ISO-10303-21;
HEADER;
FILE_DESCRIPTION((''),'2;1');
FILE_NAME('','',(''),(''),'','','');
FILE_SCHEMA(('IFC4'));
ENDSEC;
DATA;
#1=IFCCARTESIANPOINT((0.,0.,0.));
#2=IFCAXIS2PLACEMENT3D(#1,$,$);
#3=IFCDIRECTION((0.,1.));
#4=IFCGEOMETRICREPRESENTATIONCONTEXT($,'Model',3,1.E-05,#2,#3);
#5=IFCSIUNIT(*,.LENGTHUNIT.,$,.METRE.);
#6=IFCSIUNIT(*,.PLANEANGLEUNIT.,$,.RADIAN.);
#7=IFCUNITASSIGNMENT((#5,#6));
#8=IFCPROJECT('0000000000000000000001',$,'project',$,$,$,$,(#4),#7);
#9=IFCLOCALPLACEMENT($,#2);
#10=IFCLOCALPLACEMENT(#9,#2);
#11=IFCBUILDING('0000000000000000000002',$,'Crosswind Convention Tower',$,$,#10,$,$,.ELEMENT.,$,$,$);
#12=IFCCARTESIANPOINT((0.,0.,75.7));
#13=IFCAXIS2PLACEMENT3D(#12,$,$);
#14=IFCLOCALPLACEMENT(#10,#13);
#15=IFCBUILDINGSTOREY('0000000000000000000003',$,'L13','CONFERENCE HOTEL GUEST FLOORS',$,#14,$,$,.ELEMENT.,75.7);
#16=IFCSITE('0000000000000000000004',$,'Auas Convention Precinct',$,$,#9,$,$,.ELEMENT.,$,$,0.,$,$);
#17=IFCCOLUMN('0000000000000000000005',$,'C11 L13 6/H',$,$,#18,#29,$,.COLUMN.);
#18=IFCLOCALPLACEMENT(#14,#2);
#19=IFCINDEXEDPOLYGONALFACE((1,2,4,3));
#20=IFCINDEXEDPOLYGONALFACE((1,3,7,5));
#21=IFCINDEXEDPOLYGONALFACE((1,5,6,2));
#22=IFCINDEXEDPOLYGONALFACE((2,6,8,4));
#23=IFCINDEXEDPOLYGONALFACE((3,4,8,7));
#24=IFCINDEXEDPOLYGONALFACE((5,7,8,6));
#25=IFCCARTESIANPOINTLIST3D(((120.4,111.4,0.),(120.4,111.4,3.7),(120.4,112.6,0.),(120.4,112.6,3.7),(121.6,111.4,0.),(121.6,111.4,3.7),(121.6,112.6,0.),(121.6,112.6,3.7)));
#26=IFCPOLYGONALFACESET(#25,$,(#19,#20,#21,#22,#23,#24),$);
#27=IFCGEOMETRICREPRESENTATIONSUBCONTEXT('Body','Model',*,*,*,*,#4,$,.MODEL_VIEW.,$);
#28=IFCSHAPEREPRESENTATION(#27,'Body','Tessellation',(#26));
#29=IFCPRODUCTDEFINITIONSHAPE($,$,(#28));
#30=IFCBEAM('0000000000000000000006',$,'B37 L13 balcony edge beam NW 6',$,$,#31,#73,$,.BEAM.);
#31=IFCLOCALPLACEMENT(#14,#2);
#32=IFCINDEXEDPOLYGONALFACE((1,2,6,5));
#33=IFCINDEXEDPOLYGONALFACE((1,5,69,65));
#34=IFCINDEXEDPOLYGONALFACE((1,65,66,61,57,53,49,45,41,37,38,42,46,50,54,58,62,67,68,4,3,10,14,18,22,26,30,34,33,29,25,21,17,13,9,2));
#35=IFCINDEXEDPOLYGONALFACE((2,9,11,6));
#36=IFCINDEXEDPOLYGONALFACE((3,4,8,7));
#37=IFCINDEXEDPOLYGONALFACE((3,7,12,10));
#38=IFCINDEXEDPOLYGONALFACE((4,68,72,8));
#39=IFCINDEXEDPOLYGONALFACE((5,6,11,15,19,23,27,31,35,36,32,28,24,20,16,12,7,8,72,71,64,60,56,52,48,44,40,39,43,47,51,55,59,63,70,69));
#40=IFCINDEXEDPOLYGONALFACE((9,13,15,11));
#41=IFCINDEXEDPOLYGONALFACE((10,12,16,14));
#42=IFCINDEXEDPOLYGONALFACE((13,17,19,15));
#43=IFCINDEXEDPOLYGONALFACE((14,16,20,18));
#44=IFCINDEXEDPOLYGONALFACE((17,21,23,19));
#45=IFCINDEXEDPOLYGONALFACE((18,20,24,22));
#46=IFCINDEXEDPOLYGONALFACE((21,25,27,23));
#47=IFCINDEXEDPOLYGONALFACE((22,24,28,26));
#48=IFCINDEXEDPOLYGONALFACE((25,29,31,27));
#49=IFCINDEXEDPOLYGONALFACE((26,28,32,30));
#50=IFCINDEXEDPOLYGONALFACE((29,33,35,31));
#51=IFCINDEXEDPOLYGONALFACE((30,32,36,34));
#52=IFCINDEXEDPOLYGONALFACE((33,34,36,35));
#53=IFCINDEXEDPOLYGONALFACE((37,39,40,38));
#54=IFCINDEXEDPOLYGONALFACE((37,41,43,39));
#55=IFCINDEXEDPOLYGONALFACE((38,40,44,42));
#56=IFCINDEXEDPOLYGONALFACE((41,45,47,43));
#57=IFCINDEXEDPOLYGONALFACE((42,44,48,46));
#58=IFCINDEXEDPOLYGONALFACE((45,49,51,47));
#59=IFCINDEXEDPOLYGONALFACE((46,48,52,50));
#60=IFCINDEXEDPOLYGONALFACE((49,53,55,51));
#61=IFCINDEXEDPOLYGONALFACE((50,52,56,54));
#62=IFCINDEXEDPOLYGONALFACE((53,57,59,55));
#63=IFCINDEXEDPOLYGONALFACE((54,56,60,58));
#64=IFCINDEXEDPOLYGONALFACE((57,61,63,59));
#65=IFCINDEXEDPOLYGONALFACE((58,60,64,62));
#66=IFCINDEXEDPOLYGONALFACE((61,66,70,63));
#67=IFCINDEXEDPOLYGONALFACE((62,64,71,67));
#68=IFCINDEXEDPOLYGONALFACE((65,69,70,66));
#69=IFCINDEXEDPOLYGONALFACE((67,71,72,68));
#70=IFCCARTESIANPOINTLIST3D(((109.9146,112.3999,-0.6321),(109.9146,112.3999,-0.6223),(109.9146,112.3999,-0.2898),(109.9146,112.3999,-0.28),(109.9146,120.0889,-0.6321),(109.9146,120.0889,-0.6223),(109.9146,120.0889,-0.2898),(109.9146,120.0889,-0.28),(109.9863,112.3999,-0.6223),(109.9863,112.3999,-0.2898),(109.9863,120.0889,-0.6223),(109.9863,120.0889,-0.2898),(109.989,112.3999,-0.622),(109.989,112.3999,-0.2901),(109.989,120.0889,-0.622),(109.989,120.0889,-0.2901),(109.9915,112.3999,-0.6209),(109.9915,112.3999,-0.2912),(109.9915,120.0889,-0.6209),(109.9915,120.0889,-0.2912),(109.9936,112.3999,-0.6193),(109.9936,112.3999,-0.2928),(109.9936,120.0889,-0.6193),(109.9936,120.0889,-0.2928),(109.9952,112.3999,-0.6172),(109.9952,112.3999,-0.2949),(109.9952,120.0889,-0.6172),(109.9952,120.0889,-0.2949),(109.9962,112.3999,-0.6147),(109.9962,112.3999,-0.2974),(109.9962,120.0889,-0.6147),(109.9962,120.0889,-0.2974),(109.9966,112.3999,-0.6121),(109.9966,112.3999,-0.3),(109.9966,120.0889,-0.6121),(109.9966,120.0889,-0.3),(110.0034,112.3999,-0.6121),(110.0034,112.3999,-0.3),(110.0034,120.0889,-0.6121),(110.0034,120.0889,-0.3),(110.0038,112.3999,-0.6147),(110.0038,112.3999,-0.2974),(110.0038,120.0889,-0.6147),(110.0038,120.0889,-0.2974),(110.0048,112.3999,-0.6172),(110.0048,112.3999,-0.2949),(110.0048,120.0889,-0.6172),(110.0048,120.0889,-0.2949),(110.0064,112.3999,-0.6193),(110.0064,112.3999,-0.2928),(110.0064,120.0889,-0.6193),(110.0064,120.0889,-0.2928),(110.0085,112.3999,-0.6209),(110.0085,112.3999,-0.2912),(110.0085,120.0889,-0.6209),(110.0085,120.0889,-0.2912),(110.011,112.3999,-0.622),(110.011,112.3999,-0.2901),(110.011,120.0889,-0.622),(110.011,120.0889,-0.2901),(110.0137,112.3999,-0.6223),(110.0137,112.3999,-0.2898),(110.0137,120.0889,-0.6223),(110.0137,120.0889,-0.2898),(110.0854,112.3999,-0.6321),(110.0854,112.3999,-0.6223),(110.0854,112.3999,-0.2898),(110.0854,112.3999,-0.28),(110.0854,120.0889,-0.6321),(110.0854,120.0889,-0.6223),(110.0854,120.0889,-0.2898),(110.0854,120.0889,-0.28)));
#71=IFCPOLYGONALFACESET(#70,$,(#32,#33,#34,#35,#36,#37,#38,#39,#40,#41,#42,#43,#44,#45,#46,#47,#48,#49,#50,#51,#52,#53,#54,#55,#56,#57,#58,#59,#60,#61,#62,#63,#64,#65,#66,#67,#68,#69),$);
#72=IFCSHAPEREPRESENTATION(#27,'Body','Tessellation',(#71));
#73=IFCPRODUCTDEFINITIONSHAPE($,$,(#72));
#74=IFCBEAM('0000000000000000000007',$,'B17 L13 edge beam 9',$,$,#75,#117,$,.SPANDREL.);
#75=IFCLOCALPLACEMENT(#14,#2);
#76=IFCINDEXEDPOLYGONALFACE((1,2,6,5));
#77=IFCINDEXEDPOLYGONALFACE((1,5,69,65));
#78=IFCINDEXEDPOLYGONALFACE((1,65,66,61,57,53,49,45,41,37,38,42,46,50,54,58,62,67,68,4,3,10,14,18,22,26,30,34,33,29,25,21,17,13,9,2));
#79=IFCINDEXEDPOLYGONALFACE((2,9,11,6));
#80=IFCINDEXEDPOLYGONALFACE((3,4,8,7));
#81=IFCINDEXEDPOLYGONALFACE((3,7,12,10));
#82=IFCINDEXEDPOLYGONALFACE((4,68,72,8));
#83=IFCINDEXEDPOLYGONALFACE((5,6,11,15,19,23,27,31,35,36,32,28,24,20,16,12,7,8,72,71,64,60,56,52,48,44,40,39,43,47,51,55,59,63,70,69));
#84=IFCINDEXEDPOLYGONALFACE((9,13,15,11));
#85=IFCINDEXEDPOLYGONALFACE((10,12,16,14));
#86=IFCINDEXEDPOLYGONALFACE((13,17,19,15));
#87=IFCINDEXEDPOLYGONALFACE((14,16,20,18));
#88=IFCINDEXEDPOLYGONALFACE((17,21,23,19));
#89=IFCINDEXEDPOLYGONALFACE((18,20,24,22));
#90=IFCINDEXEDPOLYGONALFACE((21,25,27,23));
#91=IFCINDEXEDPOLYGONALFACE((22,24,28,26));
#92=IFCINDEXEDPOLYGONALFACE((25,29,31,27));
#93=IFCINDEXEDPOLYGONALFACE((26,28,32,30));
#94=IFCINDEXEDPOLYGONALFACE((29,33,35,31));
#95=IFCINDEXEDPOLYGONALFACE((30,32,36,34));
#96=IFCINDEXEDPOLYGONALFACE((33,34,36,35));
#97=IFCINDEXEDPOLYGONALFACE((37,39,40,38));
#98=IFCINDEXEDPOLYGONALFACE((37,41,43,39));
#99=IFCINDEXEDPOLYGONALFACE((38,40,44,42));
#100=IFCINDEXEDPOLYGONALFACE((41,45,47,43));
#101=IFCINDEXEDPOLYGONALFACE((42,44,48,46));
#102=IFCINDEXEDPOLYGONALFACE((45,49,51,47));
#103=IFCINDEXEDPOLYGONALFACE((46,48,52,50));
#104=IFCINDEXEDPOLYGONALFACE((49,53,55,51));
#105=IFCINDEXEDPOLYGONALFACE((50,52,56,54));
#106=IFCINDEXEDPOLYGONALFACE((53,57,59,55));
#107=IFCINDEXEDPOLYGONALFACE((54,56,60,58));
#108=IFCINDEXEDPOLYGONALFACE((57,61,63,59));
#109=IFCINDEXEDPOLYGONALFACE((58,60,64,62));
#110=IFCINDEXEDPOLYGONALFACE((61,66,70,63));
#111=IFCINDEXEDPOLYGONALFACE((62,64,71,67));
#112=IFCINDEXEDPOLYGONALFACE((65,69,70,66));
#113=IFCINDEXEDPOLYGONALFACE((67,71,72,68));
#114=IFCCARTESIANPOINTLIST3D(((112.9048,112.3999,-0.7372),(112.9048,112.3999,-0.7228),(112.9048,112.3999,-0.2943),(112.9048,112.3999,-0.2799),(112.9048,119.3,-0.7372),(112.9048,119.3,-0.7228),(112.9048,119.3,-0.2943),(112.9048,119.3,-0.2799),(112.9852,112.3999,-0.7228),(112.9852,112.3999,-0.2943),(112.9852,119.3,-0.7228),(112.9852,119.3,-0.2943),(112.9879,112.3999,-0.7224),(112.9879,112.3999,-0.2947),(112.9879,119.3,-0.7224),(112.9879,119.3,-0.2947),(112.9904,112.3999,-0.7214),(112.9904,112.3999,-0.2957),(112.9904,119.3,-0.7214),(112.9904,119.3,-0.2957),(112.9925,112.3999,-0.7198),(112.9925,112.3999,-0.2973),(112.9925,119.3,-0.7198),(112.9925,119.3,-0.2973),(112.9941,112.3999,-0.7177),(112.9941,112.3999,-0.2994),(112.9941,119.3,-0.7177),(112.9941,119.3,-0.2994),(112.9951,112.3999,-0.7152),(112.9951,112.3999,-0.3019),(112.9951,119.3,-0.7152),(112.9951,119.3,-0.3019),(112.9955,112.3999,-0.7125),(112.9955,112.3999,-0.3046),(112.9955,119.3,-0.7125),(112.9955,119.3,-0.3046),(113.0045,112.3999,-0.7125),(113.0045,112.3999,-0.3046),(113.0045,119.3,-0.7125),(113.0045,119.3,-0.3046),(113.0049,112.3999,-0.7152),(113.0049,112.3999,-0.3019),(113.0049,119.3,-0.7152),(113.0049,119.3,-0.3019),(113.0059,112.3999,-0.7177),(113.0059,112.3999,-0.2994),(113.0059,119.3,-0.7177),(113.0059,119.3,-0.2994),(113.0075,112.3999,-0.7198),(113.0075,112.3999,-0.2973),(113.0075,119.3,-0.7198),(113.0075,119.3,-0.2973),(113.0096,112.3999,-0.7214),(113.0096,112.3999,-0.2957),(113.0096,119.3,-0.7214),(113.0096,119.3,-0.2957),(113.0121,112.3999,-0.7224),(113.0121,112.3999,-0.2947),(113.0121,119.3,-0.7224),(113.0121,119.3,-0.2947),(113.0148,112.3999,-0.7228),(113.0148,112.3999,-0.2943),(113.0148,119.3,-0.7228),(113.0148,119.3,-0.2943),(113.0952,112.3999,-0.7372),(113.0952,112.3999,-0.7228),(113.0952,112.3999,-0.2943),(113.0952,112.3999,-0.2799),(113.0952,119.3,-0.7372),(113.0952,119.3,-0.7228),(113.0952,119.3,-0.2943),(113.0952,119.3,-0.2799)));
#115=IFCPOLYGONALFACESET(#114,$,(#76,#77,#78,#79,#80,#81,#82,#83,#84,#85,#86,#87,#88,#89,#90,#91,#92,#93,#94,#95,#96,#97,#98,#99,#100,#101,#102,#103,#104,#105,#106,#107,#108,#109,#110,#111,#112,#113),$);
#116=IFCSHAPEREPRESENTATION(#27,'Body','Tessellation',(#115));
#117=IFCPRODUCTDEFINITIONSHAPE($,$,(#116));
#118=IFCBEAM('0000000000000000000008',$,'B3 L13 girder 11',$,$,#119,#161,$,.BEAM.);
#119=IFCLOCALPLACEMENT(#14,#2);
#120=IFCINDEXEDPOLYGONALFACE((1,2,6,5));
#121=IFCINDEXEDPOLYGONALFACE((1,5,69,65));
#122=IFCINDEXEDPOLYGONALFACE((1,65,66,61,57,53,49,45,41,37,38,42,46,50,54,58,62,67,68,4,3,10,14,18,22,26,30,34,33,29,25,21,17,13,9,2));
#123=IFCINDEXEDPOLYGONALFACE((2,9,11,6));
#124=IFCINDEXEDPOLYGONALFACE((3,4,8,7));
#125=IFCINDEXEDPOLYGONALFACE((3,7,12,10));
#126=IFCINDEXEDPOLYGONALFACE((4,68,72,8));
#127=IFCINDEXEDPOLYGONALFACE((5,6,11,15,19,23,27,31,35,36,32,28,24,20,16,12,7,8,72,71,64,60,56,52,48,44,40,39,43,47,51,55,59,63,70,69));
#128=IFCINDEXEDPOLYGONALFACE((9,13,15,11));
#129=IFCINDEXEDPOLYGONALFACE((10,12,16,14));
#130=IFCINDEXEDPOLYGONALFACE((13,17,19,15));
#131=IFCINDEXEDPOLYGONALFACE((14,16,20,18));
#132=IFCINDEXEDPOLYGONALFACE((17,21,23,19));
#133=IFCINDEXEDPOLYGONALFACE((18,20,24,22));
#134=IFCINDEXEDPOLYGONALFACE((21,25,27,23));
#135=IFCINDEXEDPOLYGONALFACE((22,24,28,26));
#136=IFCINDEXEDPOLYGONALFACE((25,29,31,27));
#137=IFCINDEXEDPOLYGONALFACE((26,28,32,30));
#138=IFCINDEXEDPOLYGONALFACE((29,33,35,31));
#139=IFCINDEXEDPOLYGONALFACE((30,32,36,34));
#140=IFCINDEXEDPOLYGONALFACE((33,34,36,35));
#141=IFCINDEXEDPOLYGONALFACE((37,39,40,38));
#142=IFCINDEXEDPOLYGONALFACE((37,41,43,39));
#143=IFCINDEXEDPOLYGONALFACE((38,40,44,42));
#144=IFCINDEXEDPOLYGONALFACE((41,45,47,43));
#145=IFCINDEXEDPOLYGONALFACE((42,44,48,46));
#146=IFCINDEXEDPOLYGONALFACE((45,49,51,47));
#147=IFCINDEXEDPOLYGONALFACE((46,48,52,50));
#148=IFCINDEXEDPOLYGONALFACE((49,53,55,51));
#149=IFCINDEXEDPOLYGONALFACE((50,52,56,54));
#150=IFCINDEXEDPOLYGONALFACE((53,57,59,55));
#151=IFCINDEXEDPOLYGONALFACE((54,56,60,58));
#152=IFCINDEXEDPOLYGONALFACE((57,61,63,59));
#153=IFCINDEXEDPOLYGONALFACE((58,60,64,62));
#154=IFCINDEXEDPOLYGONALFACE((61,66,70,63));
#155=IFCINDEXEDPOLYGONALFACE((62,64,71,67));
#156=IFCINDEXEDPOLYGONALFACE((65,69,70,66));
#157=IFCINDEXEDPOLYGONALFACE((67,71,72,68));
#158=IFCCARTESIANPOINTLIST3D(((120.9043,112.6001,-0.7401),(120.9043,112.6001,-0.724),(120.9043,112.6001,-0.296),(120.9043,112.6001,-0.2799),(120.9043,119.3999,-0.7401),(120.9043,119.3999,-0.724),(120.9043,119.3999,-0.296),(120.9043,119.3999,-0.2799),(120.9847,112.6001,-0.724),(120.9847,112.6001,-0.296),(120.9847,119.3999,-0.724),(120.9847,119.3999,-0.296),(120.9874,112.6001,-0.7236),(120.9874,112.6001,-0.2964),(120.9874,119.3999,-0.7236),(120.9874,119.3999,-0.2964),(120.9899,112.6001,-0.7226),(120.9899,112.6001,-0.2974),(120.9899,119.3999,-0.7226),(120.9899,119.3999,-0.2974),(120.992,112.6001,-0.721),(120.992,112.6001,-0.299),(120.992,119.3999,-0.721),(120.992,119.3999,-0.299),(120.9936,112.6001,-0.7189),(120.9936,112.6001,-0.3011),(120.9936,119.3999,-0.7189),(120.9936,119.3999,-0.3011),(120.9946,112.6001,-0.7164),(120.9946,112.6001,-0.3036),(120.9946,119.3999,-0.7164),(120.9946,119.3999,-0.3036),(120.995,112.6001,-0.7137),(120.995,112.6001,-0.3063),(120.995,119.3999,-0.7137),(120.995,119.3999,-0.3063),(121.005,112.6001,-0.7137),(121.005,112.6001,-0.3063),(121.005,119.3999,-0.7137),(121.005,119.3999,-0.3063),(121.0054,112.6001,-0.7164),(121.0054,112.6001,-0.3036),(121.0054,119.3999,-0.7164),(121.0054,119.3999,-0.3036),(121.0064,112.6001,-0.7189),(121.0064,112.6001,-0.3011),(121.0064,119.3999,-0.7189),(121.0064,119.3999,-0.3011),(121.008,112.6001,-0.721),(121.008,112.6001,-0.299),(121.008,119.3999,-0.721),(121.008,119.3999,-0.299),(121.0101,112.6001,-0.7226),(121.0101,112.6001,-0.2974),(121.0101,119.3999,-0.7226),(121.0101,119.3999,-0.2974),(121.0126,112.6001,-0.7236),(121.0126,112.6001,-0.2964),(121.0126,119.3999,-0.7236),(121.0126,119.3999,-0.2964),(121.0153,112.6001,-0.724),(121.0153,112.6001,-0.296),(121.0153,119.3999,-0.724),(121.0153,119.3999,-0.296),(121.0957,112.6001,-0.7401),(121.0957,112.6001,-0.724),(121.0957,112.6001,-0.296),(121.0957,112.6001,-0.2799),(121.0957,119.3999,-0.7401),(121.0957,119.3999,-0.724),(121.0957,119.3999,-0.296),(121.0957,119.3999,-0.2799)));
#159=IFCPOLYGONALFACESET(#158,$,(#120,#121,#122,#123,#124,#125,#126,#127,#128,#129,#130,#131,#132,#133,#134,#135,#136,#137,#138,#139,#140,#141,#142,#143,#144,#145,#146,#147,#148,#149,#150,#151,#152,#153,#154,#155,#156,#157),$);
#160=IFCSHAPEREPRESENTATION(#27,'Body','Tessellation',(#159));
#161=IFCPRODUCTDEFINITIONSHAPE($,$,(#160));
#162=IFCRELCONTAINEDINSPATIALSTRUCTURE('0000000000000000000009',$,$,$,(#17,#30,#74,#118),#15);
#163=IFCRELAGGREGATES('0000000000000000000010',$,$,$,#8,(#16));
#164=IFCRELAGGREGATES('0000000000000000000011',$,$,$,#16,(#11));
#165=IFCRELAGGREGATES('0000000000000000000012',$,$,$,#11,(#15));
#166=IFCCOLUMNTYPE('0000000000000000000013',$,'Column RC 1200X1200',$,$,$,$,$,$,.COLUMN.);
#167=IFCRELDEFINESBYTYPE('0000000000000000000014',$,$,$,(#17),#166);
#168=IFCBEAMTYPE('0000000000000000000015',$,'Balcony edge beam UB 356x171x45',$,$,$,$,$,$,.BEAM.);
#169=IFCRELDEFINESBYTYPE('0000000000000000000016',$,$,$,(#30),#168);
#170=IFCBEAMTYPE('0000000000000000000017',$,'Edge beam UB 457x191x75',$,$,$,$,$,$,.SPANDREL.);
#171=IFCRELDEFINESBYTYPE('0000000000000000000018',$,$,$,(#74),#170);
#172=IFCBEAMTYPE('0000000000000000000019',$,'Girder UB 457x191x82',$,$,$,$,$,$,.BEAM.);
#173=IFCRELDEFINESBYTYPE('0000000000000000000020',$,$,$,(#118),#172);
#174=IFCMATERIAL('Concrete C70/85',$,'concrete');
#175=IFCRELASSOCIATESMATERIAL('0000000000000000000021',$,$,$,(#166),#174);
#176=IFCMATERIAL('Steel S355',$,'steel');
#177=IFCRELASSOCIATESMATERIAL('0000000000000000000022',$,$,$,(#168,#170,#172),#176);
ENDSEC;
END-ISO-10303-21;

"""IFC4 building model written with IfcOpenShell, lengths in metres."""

from ifc_helpers import new_model, si_unit, direction, frame, origin, origin_2d, place, context, subcontext, project, spatial, rectangle, i_section, extrude, material, material_profile, profile_set, type_object, element, save


model = new_model("IFC4")

# Units and contexts
model_context = context("Model", 3, precision=1e-05, world=origin(), true_north=direction((0.0, 1.0)))
body_context = subcontext(model_context, "Body", "Model", "MODEL_VIEW")
ifc_project = project(units=[si_unit("LENGTHUNIT", "METRE"), si_unit("PLANEANGLEUNIT", "RADIAN")], contexts=[model_context])

# Site, building, storey
site_placement = place(None, origin())
site = spatial("IfcSite", under=ifc_project, at=site_placement, Name="Auas Convention Precinct", CompositionType="ELEMENT", RefElevation=0.0)
building_placement = place(site_placement, origin())
building = spatial("IfcBuilding", under=site, at=building_placement, Name="Crosswind Convention Tower", CompositionType="ELEMENT")
storey_placement = place(building_placement, frame((0.0, 0.0, 75.7)))
storey = spatial("IfcBuildingStorey", under=building, at=storey_placement, Name="L13", Description="CONFERENCE HOTEL GUEST FLOORS", CompositionType="ELEMENT", Elevation=75.7)

# Column
ifc_material_1 = material(Name="Concrete C70/85", Category="concrete")
ifc_material_profile_1 = material_profile(ifc_material_1, rectangle(XDim=1.2, YDim=1.2, at=origin_2d()), Name="RC 1200X1200")
ifc_profile_set_1 = profile_set([ifc_material_profile_1], Name="Concrete C70/85")
column_type = type_object("IfcColumnType", Name="Column RC 1200X1200", PredefinedType="COLUMN", material=ifc_profile_set_1)
column_placement = place(storey_placement, frame((121.0, 112.0, 0.0), z_axis=(0.0, 0.0, 1.0), x_axis=(1.0, 0.0, 0.0)))
element("IfcColumn", 1, at=column_placement, inside=storey, type_object=column_type, Name="C11 L13 6/H", PredefinedType="COLUMN", context=body_context, shape_type="SweptSolid", body=[
    extrude(rectangle(XDim=1.2, YDim=1.2, at=origin_2d()), origin(), (0.0, 0.0, 1.0), 3.7),
])

# Beams
ifc_material_2 = material(Name="Steel S355", Category="steel")
ifc_material_profile_2 = material_profile(ifc_material_2, i_section(OverallWidth=0.1709, OverallDepth=0.3521, WebThickness=0.0068, FlangeThickness=0.0098, FilletRadius=0.0103, at=origin_2d()), Name="UB 356x171x45")
ifc_profile_set_2 = profile_set([ifc_material_profile_2], Name="Steel S355")
beam_type_1 = type_object("IfcBeamType", Name="Balcony edge beam UB 356x171x45", PredefinedType="BEAM", material=ifc_profile_set_2)
beam_1_placement = place(storey_placement, frame((110.0, 112.3999, -0.4561), z_axis=(0.0, 1.0, 0.0), x_axis=(-1.0, 0.0, 0.0)))
element("IfcBeam", 2, at=beam_1_placement, inside=storey, type_object=beam_type_1, Name="B37 L13 balcony edge beam NW 6", PredefinedType="BEAM", context=body_context, shape_type="SweptSolid", body=[
    extrude(i_section(OverallWidth=0.1709, OverallDepth=0.3521, WebThickness=0.0068, FlangeThickness=0.0098, FilletRadius=0.0103, at=origin_2d()), origin(), (0.0, 0.0, 1.0), 7.689),
])
ifc_material_profile_3 = material_profile(ifc_material_2, i_section(OverallWidth=0.1904, OverallDepth=0.4573, WebThickness=0.009, FlangeThickness=0.0144, FilletRadius=0.0103, at=origin_2d()), Name="UB 457x191x75")
ifc_profile_set_3 = profile_set([ifc_material_profile_3], Name="Steel S355")
beam_type_2 = type_object("IfcBeamType", Name="Edge beam UB 457x191x75", PredefinedType="SPANDREL", material=ifc_profile_set_3)
beam_2_placement = place(storey_placement, frame((113.0, 112.3999, -0.5085), z_axis=(0.0, 1.0, 0.0), x_axis=(-1.0, 0.0, 0.0)))
element("IfcBeam", 3, at=beam_2_placement, inside=storey, type_object=beam_type_2, Name="B17 L13 edge beam 9", PredefinedType="SPANDREL", context=body_context, shape_type="SweptSolid", body=[
    extrude(i_section(OverallWidth=0.1904, OverallDepth=0.4573, WebThickness=0.009, FlangeThickness=0.0144, FilletRadius=0.0103, at=origin_2d()), origin(), (0.0, 0.0, 1.0), 6.9001),
])
ifc_material_profile_4 = material_profile(ifc_material_2, i_section(OverallWidth=0.1914, OverallDepth=0.4602, WebThickness=0.01, FlangeThickness=0.0161, FilletRadius=0.0103, at=origin_2d()), Name="UB 457x191x82")
ifc_profile_set_4 = profile_set([ifc_material_profile_4], Name="Steel S355")
beam_type_3 = type_object("IfcBeamType", Name="Girder UB 457x191x82", PredefinedType="BEAM", material=ifc_profile_set_4)
beam_3_placement = place(storey_placement, frame((121.0, 112.6001, -0.51), z_axis=(0.0, 1.0, 0.0), x_axis=(-1.0, 0.0, 0.0)))
element("IfcBeam", 4, at=beam_3_placement, inside=storey, type_object=beam_type_3, Name="B3 L13 girder 11", PredefinedType="BEAM", context=body_context, shape_type="SweptSolid", body=[
    extrude(i_section(OverallWidth=0.1914, OverallDepth=0.4602, WebThickness=0.01, FlangeThickness=0.0161, FilletRadius=0.0103, at=origin_2d()), origin(), (0.0, 0.0, 1.0), 6.7998),
])

save(model, "model.ifc")
